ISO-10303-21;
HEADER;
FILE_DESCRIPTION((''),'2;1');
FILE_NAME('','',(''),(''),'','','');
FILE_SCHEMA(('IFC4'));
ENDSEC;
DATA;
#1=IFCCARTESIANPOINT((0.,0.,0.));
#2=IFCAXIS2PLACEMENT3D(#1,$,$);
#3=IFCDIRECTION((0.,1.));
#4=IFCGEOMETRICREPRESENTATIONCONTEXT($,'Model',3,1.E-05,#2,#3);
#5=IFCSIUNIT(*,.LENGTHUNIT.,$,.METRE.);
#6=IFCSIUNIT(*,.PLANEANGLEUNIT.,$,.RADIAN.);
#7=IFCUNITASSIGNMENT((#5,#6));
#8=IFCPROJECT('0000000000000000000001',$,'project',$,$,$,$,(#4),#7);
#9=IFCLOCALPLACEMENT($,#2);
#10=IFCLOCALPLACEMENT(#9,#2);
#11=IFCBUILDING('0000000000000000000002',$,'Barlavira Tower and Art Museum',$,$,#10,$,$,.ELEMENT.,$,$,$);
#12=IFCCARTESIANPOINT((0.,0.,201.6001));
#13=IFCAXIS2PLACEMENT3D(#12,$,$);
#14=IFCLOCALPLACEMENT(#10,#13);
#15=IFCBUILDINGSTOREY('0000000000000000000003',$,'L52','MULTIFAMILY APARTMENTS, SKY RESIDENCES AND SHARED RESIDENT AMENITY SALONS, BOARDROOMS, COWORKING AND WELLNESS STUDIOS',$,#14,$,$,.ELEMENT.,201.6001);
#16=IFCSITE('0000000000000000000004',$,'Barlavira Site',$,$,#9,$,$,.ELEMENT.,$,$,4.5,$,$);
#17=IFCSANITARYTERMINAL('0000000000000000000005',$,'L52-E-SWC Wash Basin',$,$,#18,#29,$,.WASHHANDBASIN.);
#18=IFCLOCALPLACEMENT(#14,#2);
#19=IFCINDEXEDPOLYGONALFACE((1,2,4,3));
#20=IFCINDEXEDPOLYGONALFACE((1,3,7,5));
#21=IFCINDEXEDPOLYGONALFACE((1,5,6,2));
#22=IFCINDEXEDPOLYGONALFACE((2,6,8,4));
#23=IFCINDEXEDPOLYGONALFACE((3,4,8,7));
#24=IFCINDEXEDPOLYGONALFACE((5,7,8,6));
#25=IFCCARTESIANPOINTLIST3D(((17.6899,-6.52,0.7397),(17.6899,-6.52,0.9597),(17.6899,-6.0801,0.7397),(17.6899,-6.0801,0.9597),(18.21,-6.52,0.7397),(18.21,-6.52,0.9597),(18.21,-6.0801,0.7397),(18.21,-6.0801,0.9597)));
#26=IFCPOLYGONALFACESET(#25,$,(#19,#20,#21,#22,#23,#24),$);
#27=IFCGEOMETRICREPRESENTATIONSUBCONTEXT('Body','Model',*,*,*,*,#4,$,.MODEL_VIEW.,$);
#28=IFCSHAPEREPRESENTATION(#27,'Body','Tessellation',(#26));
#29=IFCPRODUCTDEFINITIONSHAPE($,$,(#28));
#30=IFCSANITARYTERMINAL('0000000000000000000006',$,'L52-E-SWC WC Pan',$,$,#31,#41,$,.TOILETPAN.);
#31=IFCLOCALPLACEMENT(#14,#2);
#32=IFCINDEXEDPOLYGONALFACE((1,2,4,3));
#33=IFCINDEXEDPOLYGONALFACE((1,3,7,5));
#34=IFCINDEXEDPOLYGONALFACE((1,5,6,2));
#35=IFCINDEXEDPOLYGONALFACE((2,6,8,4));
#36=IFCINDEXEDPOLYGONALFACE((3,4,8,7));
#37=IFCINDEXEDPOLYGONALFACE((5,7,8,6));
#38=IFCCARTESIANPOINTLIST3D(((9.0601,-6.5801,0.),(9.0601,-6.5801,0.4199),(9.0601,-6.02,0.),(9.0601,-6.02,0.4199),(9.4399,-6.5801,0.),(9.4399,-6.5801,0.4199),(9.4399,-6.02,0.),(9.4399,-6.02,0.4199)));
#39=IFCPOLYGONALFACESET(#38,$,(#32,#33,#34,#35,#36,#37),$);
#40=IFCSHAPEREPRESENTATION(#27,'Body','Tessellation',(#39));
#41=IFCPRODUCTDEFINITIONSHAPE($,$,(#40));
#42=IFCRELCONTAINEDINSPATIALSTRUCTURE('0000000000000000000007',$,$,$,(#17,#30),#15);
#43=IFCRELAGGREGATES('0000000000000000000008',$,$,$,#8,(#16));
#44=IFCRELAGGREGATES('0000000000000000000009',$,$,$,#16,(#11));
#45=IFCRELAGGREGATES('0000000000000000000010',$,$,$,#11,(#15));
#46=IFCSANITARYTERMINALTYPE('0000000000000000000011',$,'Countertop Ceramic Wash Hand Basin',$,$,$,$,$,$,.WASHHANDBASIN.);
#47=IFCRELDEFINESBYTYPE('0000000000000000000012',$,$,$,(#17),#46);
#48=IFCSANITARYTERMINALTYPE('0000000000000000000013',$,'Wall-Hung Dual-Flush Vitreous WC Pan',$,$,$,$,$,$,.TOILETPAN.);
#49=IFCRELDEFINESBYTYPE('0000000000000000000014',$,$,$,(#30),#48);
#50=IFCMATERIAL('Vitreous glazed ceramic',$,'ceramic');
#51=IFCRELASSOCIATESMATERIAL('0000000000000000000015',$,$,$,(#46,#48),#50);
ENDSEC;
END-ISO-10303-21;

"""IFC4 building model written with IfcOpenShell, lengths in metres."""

from ifc_helpers import new_model, si_unit, direction, frame, origin, origin_2d, place, context, subcontext, project, spatial, rectangle, extrude, material, type_object, element, save


model = new_model("IFC4")

# Units and contexts
model_context = context("Model", 3, precision=1e-05, world=origin(), true_north=direction((0.0, 1.0)))
body_context = subcontext(model_context, "Body", "Model", "MODEL_VIEW")
ifc_project = project(units=[si_unit("LENGTHUNIT", "METRE"), si_unit("PLANEANGLEUNIT", "RADIAN")], contexts=[model_context])

# Site, building, storey
site_placement = place(None, origin())
site = spatial("IfcSite", under=ifc_project, at=site_placement, Name="Barlavira Site", CompositionType="ELEMENT", RefElevation=4.5)
building_placement = place(site_placement, origin())
building = spatial("IfcBuilding", under=site, at=building_placement, Name="Barlavira Tower and Art Museum", CompositionType="ELEMENT")
storey_placement = place(building_placement, frame((0.0, 0.0, 201.6001)))
storey = spatial("IfcBuildingStorey", under=building, at=storey_placement, Name="L52", Description="MULTIFAMILY APARTMENTS, SKY RESIDENCES AND SHARED RESIDENT AMENITY SALONS, BOARDROOMS, COWORKING AND WELLNESS STUDIOS", CompositionType="ELEMENT", Elevation=201.6001)

# Sanitary terminals
ifc_material_1 = material(Name="Vitreous glazed ceramic", Category="ceramic")
sanitary_terminal_type_1 = type_object("IfcSanitaryTerminalType", Name="Countertop Ceramic Wash Hand Basin", PredefinedType="WASHHANDBASIN", material=ifc_material_1)
sanitary_terminal_1_placement = place(storey_placement, frame((17.95, -6.3, 0.7397), z_axis=(0.0, 0.0, 1.0), x_axis=(1.0, 0.0, 0.0)))
element("IfcSanitaryTerminal", 1, at=sanitary_terminal_1_placement, inside=storey, type_object=sanitary_terminal_type_1, Name="L52-E-SWC Wash Basin", PredefinedType="WASHHANDBASIN", context=body_context, shape_type="SweptSolid", body=[
    extrude(rectangle(XDim=0.52, YDim=0.4399, at=origin_2d()), origin(), (0.0, 0.0, 1.0), 0.22),
])
sanitary_terminal_type_2 = type_object("IfcSanitaryTerminalType", Name="Wall-Hung Dual-Flush Vitreous WC Pan", PredefinedType="TOILETPAN", material=ifc_material_1)
sanitary_terminal_2_placement = place(storey_placement, frame((9.25, -6.3, 0.0), z_axis=(0.0, 0.0, 1.0), x_axis=(1.0, 0.0, 0.0)))
element("IfcSanitaryTerminal", 2, at=sanitary_terminal_2_placement, inside=storey, type_object=sanitary_terminal_type_2, Name="L52-E-SWC WC Pan", PredefinedType="TOILETPAN", context=body_context, shape_type="SweptSolid", body=[
    extrude(rectangle(XDim=0.3799, YDim=0.5601, at=origin_2d()), origin(), (0.0, 0.0, 1.0), 0.4199),
])

save(model, "model.ifc")
